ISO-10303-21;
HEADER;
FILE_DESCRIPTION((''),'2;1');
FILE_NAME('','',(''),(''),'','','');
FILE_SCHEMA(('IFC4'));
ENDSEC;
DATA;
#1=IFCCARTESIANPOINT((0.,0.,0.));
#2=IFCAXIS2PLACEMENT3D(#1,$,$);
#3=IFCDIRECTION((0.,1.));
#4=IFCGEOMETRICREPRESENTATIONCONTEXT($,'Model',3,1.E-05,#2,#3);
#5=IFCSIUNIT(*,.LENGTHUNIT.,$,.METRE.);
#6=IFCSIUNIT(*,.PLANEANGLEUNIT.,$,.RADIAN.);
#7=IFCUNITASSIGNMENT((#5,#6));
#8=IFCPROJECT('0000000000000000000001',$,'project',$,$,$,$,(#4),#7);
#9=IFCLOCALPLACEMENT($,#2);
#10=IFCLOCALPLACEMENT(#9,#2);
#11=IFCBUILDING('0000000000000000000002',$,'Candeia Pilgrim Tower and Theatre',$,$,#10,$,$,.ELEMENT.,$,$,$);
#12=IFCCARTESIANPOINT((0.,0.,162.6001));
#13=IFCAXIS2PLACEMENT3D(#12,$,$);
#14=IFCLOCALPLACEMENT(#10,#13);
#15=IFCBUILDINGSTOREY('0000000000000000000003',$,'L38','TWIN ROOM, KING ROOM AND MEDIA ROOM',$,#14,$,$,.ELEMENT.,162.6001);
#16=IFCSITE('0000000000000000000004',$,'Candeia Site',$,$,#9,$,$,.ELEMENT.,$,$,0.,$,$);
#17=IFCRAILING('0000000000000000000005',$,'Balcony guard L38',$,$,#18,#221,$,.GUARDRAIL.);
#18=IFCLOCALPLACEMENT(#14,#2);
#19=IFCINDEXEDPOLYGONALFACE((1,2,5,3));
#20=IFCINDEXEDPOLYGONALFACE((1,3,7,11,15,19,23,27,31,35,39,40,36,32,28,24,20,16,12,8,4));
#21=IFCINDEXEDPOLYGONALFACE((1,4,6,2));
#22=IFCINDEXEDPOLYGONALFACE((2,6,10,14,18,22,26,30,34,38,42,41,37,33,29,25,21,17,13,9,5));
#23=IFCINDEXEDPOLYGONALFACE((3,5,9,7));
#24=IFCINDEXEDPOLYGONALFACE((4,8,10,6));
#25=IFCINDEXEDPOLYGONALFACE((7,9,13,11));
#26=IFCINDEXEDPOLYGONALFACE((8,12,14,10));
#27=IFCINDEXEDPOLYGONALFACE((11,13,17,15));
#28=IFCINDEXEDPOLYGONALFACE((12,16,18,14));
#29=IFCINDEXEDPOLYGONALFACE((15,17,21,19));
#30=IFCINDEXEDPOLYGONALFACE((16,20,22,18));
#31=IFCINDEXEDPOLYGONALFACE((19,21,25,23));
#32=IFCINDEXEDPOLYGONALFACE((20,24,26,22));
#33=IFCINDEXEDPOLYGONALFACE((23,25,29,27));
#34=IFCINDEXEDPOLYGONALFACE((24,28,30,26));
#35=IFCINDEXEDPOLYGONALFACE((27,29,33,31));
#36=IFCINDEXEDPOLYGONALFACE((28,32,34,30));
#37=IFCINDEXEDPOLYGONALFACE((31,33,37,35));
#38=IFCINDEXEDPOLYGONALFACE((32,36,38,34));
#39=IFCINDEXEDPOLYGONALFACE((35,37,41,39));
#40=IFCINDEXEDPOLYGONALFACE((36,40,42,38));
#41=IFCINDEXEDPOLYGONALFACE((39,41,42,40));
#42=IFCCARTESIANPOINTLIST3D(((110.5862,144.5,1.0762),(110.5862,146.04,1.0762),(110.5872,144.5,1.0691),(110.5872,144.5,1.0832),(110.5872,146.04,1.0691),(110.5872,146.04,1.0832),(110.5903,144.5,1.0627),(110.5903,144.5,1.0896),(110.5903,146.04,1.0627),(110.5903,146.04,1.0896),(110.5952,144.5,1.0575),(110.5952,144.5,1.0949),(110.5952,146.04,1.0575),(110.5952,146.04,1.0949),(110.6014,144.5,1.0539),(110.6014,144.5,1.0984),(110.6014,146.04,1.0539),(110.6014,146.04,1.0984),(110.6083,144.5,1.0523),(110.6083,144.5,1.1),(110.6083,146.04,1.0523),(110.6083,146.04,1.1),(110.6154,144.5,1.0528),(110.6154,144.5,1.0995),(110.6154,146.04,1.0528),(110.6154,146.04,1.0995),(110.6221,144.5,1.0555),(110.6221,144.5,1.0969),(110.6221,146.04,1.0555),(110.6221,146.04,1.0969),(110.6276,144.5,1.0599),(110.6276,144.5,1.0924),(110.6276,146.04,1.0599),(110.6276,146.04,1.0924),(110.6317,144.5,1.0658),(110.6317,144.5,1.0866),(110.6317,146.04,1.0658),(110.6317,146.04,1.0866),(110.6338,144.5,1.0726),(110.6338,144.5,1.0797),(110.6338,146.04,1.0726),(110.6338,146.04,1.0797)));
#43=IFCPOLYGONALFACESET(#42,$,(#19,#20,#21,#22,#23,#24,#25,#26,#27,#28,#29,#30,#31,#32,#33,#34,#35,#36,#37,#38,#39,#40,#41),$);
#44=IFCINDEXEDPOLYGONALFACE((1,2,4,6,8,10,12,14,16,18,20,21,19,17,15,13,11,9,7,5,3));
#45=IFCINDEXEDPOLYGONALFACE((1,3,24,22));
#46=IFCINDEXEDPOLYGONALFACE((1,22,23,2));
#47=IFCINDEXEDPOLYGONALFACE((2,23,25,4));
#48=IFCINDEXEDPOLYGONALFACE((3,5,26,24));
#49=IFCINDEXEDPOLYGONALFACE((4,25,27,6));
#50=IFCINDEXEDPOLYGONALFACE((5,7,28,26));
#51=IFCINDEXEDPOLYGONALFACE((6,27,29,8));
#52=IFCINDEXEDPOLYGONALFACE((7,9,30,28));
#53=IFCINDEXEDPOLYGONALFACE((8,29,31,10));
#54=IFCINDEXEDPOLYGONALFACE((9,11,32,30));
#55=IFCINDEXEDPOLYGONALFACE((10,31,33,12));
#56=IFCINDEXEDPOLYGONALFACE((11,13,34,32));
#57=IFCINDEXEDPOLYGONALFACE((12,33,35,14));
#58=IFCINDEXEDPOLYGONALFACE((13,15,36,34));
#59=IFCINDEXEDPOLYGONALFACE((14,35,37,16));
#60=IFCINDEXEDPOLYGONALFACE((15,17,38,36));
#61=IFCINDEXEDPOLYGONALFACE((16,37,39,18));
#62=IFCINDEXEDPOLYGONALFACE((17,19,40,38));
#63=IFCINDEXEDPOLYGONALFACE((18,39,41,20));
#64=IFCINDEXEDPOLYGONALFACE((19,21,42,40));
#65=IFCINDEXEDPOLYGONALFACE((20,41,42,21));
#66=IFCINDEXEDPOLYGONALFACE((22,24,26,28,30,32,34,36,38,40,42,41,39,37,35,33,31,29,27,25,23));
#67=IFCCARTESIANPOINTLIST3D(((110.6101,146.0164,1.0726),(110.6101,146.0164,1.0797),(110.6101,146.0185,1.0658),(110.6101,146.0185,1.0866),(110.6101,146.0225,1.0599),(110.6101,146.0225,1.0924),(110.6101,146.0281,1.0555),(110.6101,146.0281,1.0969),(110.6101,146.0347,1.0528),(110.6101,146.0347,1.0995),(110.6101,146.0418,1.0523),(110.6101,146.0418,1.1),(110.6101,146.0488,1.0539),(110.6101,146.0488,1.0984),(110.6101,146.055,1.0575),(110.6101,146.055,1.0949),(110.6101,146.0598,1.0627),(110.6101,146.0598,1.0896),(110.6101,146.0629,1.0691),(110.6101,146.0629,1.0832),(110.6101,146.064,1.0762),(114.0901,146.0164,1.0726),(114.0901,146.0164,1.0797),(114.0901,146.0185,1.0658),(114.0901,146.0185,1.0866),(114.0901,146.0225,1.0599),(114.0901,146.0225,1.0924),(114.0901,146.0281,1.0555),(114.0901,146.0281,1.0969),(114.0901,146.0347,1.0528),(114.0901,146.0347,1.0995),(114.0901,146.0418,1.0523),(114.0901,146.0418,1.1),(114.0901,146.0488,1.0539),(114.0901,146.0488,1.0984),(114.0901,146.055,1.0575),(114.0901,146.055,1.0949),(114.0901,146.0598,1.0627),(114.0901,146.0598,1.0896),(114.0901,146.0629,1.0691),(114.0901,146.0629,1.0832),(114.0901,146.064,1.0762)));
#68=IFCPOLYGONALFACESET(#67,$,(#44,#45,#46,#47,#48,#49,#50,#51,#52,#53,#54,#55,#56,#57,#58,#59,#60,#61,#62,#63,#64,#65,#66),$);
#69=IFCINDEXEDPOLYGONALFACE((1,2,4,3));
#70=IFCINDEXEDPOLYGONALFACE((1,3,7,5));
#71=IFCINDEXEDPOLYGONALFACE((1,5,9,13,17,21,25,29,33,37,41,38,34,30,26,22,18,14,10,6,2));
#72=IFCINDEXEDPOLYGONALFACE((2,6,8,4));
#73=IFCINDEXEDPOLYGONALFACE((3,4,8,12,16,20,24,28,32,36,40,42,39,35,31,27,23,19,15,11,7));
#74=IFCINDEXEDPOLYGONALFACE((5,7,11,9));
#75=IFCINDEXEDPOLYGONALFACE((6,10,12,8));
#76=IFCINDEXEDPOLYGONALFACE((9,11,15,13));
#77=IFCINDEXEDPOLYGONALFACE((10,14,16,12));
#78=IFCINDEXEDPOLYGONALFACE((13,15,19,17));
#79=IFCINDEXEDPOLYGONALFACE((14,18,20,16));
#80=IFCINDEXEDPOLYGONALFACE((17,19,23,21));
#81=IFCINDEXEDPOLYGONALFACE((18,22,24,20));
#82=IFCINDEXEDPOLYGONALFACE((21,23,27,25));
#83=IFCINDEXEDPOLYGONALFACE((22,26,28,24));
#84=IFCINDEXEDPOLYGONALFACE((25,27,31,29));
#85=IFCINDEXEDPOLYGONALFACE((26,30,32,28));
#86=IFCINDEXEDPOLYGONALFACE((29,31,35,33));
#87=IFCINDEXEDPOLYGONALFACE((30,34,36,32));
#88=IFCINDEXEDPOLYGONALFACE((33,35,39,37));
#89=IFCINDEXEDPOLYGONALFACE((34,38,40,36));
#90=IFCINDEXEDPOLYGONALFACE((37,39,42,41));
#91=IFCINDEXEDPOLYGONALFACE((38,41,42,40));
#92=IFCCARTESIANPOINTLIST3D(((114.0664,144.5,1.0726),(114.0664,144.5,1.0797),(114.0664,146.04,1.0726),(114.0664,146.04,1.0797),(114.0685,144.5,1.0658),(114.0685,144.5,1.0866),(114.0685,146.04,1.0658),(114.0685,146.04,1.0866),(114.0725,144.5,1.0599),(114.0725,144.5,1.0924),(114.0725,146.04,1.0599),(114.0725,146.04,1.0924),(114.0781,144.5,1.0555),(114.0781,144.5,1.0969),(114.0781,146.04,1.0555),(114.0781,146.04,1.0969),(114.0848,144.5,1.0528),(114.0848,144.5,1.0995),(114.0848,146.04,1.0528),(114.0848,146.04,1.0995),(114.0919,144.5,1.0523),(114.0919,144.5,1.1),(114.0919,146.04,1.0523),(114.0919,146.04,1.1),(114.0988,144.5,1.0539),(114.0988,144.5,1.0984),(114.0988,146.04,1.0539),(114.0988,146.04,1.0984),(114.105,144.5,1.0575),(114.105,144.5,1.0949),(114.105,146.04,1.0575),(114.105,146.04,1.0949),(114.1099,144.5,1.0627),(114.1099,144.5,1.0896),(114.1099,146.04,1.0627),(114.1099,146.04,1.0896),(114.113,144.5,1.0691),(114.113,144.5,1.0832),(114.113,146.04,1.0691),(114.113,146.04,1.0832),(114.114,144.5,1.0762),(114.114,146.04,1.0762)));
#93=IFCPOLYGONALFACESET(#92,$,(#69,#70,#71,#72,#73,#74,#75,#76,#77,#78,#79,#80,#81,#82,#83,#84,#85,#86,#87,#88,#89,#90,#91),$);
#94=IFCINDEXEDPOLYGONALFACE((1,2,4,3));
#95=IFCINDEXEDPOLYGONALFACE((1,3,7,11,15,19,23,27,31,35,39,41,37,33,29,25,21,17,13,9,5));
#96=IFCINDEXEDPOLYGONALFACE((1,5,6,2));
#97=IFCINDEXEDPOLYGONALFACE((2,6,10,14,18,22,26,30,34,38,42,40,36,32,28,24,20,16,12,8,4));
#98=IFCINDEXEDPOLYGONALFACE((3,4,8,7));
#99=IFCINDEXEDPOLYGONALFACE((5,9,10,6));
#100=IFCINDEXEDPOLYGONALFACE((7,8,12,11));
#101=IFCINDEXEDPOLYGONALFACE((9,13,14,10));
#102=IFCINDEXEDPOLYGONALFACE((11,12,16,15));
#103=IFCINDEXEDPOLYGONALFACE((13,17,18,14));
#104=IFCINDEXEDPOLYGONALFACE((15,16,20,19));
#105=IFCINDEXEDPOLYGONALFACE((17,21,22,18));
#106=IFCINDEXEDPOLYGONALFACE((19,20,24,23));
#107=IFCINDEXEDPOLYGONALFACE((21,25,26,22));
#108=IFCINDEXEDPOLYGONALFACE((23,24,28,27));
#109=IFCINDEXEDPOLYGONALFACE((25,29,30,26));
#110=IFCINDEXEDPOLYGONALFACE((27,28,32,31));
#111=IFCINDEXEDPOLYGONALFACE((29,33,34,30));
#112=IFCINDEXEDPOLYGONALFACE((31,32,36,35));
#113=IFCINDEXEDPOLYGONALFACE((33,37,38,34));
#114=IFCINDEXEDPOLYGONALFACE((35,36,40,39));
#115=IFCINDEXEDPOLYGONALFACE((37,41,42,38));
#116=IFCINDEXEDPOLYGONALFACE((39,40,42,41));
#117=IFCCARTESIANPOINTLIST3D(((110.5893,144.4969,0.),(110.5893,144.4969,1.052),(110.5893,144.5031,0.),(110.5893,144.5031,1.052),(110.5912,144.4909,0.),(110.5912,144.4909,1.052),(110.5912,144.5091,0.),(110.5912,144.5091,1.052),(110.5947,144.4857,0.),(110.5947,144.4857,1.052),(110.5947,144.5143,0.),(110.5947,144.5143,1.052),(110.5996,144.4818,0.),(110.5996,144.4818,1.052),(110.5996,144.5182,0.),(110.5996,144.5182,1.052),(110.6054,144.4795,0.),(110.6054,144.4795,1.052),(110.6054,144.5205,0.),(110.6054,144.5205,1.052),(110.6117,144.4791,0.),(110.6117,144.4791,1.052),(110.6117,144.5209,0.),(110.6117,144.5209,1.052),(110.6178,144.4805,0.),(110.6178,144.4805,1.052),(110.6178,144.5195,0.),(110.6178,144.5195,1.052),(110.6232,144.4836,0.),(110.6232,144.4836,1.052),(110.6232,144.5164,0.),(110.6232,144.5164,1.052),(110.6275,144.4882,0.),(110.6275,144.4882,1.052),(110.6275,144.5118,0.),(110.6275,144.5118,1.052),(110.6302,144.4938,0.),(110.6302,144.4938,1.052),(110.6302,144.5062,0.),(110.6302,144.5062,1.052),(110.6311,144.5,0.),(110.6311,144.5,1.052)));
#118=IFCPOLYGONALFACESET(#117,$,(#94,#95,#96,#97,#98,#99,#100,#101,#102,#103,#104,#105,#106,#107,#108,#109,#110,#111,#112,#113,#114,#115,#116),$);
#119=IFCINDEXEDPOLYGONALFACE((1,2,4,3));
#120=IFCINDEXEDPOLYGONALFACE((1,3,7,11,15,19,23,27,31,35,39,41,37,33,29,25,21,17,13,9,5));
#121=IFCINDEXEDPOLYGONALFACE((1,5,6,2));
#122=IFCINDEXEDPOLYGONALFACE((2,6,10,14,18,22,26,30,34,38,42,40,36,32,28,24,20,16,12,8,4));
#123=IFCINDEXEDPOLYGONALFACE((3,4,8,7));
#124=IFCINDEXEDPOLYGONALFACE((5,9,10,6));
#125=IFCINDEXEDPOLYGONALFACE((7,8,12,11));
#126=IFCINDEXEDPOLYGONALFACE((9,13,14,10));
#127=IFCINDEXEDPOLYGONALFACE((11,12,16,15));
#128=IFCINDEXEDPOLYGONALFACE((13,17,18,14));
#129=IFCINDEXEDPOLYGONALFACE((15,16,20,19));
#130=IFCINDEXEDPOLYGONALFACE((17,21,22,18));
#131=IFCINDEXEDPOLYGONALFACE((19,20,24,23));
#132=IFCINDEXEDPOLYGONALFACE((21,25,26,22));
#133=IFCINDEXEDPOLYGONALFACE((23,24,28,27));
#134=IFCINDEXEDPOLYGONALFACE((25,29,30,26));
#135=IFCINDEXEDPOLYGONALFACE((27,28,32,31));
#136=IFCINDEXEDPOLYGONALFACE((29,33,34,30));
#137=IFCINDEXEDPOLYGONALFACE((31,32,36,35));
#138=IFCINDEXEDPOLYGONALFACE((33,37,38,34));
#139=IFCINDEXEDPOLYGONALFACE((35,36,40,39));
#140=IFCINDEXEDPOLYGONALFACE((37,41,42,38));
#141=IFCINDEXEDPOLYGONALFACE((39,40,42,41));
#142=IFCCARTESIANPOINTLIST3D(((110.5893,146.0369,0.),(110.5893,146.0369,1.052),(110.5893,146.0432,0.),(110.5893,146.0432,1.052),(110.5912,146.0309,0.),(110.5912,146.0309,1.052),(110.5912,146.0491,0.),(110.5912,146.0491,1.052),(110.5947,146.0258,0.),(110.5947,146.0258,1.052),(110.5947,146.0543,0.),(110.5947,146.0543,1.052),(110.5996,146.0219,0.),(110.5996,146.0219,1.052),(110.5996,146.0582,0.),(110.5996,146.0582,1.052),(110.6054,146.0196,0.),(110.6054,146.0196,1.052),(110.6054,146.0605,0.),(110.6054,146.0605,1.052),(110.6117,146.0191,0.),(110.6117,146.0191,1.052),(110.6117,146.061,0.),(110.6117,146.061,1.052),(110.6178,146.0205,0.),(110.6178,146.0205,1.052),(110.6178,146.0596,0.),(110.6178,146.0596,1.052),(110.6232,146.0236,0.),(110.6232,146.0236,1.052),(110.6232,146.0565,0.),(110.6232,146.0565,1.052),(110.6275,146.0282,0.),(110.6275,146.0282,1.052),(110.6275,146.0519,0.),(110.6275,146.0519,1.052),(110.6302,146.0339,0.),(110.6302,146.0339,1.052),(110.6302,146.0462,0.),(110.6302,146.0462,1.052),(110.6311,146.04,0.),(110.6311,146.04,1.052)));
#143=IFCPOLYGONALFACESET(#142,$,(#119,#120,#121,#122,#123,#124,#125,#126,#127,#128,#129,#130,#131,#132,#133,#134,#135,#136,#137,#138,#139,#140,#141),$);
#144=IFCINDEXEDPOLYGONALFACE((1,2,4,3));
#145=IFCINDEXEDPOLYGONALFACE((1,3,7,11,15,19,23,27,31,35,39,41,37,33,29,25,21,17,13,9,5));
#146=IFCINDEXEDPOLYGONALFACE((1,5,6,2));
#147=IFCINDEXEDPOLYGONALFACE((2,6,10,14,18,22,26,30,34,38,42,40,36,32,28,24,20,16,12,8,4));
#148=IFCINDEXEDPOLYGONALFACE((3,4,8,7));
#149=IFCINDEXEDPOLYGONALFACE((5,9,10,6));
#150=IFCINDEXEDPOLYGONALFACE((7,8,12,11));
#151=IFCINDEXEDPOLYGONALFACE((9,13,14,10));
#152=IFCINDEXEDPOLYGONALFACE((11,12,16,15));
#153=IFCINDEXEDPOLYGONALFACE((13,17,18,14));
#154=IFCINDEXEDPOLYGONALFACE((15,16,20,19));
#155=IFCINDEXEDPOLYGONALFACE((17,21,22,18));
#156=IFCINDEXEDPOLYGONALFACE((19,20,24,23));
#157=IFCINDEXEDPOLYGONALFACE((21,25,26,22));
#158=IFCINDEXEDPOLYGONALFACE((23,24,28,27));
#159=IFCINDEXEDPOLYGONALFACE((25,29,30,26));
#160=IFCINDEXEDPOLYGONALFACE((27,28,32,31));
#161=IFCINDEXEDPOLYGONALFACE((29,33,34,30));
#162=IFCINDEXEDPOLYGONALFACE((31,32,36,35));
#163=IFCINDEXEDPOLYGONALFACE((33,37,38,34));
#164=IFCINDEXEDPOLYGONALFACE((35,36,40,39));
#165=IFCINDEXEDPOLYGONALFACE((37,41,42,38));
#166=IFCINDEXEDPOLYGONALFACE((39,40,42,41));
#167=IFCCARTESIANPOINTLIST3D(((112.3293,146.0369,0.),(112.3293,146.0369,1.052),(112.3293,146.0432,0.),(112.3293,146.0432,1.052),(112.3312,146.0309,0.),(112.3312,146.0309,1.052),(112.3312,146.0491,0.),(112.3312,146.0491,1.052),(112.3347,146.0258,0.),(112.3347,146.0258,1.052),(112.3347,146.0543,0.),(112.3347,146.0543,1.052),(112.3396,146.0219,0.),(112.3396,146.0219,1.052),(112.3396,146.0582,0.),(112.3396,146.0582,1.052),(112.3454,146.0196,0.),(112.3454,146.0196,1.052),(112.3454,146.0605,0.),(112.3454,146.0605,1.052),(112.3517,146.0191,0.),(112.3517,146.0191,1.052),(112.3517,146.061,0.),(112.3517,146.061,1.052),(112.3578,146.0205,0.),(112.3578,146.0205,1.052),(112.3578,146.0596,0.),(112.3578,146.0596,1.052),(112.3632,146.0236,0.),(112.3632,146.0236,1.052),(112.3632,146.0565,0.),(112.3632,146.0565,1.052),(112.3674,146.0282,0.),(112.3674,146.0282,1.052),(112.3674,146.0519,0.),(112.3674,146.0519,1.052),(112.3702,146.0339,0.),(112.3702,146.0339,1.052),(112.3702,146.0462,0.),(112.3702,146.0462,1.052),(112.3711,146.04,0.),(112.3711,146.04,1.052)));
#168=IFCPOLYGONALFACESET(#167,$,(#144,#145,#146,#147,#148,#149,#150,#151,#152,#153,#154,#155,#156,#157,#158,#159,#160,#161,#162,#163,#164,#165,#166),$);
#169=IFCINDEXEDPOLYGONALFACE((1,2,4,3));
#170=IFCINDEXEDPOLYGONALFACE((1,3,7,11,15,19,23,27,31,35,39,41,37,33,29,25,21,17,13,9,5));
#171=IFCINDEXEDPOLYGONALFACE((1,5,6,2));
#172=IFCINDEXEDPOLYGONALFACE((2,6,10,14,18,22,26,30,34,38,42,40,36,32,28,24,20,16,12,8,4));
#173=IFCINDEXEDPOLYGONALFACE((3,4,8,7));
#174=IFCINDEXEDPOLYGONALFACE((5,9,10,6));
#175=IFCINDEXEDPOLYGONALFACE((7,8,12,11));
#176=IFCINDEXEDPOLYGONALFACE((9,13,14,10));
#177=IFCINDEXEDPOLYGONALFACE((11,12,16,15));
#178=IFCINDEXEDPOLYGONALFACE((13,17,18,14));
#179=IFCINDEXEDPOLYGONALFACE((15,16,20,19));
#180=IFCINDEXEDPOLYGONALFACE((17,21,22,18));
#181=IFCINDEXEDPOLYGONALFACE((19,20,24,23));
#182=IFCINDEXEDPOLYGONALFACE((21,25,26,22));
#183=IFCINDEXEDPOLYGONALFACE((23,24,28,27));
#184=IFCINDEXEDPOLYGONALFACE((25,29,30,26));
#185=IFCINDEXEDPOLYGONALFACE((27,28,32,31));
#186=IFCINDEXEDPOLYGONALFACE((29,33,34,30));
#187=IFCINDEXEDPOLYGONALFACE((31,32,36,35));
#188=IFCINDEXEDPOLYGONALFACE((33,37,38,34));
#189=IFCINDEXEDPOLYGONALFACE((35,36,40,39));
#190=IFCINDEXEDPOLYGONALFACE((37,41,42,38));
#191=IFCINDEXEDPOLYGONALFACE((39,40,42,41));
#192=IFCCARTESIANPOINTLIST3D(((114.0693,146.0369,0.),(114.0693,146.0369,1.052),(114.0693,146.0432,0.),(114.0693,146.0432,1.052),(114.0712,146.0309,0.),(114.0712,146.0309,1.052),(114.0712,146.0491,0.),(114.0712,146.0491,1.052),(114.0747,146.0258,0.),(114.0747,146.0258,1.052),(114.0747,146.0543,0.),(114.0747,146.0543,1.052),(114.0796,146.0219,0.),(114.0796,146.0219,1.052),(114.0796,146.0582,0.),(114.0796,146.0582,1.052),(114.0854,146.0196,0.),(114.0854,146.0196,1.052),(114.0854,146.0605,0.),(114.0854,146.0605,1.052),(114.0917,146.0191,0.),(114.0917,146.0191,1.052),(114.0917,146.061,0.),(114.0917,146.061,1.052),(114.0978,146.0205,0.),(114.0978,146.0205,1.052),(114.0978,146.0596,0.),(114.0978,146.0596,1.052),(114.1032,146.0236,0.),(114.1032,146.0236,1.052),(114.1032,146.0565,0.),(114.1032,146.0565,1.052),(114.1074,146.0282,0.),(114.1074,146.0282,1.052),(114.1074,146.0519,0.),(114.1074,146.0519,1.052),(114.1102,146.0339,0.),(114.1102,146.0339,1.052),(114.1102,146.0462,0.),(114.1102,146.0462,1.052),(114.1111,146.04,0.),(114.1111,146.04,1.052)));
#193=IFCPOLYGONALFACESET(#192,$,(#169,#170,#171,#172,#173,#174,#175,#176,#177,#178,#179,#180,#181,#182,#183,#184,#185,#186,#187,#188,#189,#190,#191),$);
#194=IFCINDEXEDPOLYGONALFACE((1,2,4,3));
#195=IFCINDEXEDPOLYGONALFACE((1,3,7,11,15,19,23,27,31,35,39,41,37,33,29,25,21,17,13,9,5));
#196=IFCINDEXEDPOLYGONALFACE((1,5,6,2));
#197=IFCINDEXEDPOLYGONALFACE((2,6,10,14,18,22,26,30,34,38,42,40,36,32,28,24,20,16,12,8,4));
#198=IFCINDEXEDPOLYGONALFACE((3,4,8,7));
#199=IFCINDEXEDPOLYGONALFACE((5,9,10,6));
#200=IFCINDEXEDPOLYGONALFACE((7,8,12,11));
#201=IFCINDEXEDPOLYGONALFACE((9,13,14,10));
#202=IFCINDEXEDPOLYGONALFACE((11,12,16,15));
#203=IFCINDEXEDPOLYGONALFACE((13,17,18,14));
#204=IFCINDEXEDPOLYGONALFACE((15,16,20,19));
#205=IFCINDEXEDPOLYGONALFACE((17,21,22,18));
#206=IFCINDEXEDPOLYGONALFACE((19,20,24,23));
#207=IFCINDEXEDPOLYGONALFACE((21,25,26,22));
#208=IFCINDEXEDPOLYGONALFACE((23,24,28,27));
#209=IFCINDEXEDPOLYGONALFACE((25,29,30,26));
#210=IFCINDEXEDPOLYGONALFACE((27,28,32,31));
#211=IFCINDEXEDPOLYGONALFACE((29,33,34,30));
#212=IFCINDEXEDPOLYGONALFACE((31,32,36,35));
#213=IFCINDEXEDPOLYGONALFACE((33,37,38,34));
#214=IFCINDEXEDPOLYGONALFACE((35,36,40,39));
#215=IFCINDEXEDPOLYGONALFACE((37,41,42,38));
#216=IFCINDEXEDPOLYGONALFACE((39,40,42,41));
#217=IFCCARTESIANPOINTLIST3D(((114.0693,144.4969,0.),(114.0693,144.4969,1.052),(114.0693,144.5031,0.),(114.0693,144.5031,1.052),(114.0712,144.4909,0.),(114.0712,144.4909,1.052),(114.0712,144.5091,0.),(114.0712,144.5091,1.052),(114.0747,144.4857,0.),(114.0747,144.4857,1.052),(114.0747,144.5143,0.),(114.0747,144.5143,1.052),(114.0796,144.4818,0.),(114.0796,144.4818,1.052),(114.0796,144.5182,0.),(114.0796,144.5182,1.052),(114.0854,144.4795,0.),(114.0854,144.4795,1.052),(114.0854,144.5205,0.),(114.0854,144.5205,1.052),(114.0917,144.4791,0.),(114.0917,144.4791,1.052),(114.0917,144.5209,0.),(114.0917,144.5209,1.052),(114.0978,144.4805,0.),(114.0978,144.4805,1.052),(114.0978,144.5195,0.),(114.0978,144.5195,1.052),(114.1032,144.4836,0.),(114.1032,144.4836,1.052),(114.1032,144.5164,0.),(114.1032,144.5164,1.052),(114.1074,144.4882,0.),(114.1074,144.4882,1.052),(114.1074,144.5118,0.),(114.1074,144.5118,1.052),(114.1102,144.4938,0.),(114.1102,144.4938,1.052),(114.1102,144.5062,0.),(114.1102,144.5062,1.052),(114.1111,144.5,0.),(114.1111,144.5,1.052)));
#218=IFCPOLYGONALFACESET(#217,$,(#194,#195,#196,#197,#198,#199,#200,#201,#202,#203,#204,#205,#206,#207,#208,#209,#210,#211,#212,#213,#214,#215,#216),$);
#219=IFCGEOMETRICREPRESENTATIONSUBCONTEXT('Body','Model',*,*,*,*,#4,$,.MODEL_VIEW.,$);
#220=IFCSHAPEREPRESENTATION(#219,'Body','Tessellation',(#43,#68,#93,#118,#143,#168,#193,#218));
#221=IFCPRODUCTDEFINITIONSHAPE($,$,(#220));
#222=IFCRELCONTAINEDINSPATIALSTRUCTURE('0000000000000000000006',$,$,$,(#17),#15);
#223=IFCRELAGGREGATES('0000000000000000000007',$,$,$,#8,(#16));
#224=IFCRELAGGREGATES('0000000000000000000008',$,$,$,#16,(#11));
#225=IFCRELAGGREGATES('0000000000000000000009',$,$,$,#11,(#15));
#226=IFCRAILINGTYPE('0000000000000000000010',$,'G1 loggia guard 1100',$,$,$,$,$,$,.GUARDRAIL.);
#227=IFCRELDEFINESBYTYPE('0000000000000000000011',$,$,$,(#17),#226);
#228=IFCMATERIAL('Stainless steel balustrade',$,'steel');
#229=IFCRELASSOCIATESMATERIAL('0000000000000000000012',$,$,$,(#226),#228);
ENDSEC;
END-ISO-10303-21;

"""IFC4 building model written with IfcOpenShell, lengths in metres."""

from ifc_helpers import new_model, si_unit, direction, frame, origin, origin_2d, place, context, subcontext, project, spatial, circle, extrude, material, type_object, element, save


model = new_model("IFC4")

# Units and contexts
model_context = context("Model", 3, precision=1e-05, world=origin(), true_north=direction((0.0, 1.0)))
body_context = subcontext(model_context, "Body", "Model", "MODEL_VIEW")
ifc_project = project(units=[si_unit("LENGTHUNIT", "METRE"), si_unit("PLANEANGLEUNIT", "RADIAN")], contexts=[model_context])

# Site, building, storey
site_placement = place(None, origin())
site = spatial("IfcSite", under=ifc_project, at=site_placement, Name="Candeia Site", CompositionType="ELEMENT", RefElevation=0.0)
building_placement = place(site_placement, origin())
building = spatial("IfcBuilding", under=site, at=building_placement, Name="Candeia Pilgrim Tower and Theatre", CompositionType="ELEMENT")
storey_placement = place(building_placement, frame((0.0, 0.0, 162.6001)))
storey = spatial("IfcBuildingStorey", under=building, at=storey_placement, Name="L38", Description="TWIN ROOM, KING ROOM AND MEDIA ROOM", CompositionType="ELEMENT", Elevation=162.6001)

# Railing
ifc_material_1 = material(Name="Stainless steel balustrade", Category="steel")
railing_type = type_object("IfcRailingType", Name="G1 loggia guard 1100", PredefinedType="GUARDRAIL", material=ifc_material_1)
railing_placement = place(storey_placement, frame((110.6101, 144.5, 0.0)))
element("IfcRailing", 1, at=railing_placement, inside=storey, type_object=railing_type, Name="Balcony guard L38", PredefinedType="GUARDRAIL", context=body_context, shape_type="SweptSolid", body=[
    extrude(circle(Radius=0.0239, at=origin_2d()), frame((0.0, 0.0, 1.0762), z_axis=(0.0, 1.0, 0.0), x_axis=(-1.0, 0.0, 0.0)), (0.0, 0.0, 1.0), 1.54),
    extrude(circle(Radius=0.0239, at=origin_2d()), frame((0.0, 1.54, 1.0762), z_axis=(1.0, 0.0, 0.0), x_axis=(0.0, 1.0, 0.0)), (0.0, 0.0, 1.0), 3.48),
    extrude(circle(Radius=0.0239, at=origin_2d()), frame((3.48, 1.54, 1.0762), z_axis=(0.0, -1.0, 0.0), x_axis=(1.0, 0.0, 0.0)), (0.0, 0.0, 1.0), 1.54),
    extrude(circle(Radius=0.021, at=origin_2d()), origin(), (0.0, 0.0, 1.0), 1.052),
    extrude(circle(Radius=0.021, at=origin_2d()), frame((0.0, 1.54, 0.0)), (0.0, 0.0, 1.0), 1.052),
    extrude(circle(Radius=0.021, at=origin_2d()), frame((1.74, 1.54, 0.0)), (0.0, 0.0, 1.0), 1.052),
    extrude(circle(Radius=0.021, at=origin_2d()), frame((3.48, 1.54, 0.0)), (0.0, 0.0, 1.0), 1.052),
    extrude(circle(Radius=0.021, at=origin_2d()), frame((3.48, 0.0, 0.0)), (0.0, 0.0, 1.0), 1.052),
])

save(model, "model.ifc")
